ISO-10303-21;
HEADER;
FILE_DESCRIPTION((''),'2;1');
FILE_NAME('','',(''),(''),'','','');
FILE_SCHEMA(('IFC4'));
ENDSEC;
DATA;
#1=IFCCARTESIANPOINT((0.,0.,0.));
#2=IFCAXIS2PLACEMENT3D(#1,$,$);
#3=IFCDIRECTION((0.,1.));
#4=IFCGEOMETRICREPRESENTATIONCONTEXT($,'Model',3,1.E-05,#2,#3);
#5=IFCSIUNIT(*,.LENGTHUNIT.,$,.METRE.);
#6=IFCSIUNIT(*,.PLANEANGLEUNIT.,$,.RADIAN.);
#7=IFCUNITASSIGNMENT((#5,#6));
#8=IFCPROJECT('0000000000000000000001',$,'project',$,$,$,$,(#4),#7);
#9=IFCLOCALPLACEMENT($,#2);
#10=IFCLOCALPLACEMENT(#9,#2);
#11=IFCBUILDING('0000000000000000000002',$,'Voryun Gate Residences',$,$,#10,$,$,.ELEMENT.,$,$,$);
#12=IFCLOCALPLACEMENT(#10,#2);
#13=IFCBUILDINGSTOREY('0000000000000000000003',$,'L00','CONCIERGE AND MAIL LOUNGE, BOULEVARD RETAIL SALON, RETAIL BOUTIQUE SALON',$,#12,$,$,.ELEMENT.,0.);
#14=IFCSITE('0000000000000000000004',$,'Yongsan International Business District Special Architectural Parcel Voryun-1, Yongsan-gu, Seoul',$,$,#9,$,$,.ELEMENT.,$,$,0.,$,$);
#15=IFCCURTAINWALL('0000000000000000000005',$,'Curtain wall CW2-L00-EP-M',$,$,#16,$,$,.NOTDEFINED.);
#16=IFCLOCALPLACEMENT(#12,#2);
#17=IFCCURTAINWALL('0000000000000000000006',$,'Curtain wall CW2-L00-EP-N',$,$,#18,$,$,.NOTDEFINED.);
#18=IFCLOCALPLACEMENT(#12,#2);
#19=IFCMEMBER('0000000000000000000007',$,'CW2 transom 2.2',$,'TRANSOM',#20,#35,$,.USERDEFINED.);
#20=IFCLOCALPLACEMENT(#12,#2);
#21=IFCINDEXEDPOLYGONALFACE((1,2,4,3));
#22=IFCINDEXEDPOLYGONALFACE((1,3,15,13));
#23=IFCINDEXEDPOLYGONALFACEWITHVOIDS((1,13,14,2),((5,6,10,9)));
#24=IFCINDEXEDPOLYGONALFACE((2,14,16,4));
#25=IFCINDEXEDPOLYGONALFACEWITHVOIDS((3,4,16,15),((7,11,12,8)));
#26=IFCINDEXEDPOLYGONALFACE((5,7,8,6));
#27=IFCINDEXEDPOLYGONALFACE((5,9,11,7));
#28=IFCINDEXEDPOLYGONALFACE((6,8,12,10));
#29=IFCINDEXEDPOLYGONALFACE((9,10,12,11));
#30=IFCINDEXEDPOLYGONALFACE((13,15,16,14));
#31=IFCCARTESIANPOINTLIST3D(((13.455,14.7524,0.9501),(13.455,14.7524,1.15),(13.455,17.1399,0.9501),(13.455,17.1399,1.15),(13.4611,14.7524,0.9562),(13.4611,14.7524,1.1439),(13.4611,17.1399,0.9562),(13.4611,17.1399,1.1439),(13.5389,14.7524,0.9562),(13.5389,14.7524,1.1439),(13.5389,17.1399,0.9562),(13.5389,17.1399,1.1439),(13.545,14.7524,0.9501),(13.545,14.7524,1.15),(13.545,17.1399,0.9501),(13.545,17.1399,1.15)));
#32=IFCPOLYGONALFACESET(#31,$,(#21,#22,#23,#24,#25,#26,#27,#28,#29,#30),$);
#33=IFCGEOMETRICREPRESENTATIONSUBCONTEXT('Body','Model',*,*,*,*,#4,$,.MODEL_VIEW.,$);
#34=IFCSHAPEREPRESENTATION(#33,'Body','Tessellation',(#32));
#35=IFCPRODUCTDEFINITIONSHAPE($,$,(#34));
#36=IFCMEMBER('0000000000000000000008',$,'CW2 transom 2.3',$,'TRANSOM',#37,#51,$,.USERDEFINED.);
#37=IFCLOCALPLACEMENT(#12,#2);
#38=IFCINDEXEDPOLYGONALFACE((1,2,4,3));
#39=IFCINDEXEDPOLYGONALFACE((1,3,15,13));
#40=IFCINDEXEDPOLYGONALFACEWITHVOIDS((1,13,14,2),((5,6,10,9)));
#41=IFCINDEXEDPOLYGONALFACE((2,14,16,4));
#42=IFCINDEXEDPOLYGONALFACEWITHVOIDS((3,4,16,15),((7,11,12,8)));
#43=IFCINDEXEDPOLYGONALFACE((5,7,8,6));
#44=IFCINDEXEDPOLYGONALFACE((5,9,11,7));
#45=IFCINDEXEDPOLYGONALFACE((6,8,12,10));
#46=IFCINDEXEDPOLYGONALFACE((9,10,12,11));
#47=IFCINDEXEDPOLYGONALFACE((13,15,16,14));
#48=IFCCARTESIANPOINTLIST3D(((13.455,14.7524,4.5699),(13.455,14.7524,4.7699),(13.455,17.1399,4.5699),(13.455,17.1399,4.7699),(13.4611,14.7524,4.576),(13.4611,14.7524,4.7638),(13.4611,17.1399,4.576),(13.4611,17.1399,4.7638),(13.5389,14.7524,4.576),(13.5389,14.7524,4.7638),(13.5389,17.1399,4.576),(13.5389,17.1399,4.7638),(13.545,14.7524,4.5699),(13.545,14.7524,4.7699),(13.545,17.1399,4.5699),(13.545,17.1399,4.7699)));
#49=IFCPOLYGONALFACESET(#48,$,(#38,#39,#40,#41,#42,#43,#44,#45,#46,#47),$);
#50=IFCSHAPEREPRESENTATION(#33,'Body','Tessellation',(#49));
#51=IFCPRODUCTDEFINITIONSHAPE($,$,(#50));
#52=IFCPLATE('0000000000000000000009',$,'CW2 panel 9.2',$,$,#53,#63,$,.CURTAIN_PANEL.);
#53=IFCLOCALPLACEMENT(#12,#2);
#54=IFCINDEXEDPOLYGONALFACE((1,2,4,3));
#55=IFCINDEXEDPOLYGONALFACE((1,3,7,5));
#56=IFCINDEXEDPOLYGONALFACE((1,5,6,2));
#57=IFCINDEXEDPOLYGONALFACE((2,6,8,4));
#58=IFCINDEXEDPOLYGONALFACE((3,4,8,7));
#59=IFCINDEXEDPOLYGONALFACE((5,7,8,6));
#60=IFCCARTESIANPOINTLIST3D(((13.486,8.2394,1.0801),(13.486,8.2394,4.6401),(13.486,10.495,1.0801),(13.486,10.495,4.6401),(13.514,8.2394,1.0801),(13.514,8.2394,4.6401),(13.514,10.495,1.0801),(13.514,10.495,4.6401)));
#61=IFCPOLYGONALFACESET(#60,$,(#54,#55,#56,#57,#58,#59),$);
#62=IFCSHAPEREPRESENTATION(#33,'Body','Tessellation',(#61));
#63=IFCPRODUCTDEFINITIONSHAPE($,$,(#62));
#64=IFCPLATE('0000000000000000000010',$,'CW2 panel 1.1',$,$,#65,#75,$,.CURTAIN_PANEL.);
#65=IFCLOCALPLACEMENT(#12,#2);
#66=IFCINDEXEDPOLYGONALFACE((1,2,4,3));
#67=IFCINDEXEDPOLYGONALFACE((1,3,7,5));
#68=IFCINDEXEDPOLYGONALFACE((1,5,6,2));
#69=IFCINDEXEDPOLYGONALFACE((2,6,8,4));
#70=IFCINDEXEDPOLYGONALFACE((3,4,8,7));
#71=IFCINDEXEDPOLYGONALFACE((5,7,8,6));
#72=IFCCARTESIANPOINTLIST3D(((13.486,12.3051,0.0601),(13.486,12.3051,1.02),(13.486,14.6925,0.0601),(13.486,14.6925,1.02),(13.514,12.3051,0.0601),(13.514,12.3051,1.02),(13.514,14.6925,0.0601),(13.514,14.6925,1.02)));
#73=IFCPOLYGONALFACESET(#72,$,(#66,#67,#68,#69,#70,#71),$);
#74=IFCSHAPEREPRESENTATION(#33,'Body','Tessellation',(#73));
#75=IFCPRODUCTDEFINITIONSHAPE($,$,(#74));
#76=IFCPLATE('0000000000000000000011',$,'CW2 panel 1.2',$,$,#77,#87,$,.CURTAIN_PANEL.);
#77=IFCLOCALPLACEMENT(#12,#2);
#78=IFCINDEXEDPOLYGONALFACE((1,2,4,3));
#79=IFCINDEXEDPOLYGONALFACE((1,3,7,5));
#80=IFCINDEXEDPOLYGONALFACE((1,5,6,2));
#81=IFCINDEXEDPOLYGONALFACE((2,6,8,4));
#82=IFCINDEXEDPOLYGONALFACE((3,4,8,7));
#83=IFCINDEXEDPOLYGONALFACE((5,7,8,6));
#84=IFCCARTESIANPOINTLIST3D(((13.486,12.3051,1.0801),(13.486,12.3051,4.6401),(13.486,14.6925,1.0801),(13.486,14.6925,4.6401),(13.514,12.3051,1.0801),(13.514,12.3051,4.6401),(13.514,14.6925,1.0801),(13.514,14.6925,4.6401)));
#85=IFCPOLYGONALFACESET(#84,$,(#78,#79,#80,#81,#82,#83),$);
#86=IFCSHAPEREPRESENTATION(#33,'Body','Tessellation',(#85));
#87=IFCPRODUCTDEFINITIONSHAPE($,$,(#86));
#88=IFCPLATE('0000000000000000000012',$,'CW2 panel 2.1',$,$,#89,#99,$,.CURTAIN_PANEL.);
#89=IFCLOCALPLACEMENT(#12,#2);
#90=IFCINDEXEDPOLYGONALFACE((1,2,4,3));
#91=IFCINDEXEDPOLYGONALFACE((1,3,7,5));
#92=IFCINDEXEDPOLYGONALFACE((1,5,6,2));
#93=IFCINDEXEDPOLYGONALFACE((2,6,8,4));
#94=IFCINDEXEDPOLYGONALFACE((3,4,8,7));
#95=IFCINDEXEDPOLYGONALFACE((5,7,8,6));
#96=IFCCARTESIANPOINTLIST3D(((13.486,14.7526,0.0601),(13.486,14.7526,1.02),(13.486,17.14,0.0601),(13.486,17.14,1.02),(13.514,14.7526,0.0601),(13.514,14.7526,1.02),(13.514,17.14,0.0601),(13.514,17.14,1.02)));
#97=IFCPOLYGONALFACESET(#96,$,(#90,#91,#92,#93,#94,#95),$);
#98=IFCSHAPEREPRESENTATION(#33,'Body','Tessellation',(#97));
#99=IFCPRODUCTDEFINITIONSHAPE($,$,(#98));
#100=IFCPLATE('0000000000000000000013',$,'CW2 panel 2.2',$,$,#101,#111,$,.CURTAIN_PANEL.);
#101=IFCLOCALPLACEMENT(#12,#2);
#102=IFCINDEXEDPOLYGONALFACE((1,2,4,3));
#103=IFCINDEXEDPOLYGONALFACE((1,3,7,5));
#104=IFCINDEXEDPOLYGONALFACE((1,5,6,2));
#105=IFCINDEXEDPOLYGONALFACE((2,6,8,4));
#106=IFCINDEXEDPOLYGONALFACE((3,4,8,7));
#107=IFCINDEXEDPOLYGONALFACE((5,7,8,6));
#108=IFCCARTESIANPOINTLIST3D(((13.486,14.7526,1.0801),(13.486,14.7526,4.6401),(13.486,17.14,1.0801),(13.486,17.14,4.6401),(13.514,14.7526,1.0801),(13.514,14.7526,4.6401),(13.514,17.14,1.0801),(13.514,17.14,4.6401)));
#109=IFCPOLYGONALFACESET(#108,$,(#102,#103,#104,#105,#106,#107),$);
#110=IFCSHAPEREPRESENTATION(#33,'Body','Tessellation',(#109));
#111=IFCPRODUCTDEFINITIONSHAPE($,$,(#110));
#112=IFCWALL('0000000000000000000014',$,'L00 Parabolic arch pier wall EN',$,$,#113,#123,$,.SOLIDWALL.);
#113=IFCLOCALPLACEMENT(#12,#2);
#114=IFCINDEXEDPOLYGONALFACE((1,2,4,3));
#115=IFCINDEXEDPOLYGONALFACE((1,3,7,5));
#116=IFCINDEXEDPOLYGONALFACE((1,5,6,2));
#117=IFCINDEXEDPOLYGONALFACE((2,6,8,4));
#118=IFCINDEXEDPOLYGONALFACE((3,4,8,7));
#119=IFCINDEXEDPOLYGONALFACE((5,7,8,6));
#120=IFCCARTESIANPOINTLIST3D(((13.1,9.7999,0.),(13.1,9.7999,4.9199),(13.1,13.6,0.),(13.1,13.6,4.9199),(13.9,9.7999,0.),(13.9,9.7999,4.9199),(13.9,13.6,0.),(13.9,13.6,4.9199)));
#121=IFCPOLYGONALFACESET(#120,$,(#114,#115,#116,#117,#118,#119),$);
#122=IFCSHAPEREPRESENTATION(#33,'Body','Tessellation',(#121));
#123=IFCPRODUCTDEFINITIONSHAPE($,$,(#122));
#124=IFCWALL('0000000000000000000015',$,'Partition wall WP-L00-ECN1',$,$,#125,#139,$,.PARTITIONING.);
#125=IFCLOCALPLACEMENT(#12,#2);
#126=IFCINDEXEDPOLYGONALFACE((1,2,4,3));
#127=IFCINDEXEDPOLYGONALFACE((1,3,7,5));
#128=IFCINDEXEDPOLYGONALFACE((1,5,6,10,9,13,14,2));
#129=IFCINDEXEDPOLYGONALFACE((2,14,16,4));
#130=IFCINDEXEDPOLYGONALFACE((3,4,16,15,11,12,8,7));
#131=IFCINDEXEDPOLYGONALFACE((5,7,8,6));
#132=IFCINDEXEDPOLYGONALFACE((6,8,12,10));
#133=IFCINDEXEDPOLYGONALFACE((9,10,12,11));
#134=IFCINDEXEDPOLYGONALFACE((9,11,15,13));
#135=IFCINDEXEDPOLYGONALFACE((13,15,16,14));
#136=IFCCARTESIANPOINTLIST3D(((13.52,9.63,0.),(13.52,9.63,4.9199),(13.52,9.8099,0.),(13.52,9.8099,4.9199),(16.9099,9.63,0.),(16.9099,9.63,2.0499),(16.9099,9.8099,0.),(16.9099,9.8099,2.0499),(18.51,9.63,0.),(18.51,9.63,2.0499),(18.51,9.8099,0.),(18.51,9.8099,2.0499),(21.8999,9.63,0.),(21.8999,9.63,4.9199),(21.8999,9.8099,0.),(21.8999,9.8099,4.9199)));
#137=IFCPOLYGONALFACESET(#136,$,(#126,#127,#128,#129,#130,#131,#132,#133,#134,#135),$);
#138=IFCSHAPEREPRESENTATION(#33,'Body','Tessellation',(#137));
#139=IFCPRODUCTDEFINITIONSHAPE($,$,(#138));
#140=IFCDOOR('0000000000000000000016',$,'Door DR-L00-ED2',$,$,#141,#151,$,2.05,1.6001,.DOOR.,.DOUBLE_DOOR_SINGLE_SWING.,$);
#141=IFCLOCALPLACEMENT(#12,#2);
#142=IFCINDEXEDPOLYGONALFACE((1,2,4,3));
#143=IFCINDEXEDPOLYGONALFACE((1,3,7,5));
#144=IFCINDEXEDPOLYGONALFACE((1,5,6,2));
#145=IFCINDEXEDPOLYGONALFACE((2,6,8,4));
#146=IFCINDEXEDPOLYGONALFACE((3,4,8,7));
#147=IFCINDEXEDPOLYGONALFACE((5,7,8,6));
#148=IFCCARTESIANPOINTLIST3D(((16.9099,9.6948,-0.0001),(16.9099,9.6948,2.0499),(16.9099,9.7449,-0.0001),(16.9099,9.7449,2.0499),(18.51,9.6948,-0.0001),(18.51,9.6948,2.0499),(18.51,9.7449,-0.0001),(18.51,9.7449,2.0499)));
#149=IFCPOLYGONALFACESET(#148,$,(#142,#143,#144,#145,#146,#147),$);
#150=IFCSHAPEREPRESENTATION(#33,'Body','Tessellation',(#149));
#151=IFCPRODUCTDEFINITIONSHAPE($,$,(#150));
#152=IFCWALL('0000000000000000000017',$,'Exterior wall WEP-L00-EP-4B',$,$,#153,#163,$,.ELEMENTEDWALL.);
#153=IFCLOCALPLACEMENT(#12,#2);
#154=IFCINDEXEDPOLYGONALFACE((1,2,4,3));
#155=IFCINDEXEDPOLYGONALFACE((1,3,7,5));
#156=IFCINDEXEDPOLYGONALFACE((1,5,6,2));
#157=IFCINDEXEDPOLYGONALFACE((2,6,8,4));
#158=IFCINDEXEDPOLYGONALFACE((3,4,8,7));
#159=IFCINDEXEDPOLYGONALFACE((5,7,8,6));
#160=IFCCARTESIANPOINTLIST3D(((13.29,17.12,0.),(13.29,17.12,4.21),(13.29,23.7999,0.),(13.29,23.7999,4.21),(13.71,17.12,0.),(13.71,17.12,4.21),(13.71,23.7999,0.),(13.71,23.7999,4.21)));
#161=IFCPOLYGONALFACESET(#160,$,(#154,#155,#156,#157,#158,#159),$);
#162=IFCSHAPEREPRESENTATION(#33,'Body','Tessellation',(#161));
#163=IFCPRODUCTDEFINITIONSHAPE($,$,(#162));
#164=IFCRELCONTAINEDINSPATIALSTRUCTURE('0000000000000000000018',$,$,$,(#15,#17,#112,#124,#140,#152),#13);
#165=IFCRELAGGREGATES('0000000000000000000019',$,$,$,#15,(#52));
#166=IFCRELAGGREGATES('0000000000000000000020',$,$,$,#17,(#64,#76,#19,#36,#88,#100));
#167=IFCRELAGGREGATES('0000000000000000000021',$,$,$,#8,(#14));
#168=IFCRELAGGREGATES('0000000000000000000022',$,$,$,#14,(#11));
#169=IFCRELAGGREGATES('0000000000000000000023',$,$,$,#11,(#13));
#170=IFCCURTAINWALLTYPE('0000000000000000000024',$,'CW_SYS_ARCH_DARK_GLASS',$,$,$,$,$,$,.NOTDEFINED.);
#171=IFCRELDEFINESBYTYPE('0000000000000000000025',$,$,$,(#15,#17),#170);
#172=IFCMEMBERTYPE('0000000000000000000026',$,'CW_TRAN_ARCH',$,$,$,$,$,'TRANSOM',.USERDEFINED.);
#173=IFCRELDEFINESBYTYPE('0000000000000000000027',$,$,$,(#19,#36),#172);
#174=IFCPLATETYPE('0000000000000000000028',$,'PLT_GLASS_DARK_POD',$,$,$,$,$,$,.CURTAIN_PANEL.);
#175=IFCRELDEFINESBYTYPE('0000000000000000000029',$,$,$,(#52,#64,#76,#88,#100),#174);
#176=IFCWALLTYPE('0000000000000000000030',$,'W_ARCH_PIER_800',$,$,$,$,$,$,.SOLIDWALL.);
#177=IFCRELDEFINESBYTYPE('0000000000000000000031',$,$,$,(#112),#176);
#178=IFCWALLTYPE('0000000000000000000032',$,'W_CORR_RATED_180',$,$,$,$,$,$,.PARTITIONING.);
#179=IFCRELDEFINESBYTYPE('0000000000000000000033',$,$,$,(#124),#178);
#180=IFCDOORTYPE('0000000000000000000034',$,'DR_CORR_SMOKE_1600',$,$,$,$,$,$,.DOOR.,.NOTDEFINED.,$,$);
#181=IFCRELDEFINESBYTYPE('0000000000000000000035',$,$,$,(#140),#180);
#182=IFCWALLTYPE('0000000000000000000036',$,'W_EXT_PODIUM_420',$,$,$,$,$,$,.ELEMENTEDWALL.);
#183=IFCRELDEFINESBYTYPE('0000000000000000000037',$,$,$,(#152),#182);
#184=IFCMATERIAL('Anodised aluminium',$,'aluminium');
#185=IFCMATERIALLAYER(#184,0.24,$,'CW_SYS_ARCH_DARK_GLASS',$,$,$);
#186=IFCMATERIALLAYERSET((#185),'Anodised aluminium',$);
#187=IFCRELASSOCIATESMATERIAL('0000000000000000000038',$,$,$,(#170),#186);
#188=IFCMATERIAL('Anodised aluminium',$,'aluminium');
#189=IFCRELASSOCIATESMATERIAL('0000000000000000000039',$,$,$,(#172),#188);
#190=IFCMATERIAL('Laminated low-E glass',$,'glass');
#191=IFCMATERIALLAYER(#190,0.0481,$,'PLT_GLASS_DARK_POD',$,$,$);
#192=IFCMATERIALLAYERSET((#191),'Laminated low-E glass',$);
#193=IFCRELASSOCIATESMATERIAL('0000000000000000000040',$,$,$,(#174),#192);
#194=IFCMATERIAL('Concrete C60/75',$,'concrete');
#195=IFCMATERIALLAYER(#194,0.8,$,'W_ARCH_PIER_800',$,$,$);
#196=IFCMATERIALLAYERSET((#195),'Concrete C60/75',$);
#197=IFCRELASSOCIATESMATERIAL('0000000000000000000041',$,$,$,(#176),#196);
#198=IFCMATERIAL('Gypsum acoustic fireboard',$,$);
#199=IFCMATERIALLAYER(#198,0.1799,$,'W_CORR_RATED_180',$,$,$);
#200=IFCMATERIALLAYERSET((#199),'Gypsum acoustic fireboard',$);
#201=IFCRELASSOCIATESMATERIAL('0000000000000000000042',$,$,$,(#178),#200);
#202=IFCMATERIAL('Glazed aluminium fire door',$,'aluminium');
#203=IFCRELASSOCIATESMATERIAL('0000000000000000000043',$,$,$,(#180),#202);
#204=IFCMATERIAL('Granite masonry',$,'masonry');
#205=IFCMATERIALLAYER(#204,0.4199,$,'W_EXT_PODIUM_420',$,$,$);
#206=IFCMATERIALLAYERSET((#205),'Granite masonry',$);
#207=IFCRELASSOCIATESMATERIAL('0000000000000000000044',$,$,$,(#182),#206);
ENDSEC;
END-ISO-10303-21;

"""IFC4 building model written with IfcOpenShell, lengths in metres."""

from ifc_helpers import new_model, si_unit, direction, frame, frame_2d, origin, origin_2d, place, context, subcontext, project, spatial, rectangle, hollow_rectangle, extrude, material, layer, layer_set, material_profile, profile_set, type_object, element, fill, aggregate, save


model = new_model("IFC4")

# Units and contexts
model_context = context("Model", 3, precision=1e-05, world=origin(), true_north=direction((0.0, 1.0)))
body_context = subcontext(model_context, "Body", "Model", "MODEL_VIEW")
ifc_project = project(units=[si_unit("LENGTHUNIT", "METRE"), si_unit("PLANEANGLEUNIT", "RADIAN")], contexts=[model_context])

# Site, building, storey
site_placement = place(None, origin())
site = spatial("IfcSite", under=ifc_project, at=site_placement, Name="Yongsan International Business District Special Architectural Parcel Voryun-1, Yongsan-gu, Seoul", CompositionType="ELEMENT", RefElevation=0.0)
building_placement = place(site_placement, origin())
building = spatial("IfcBuilding", under=site, at=building_placement, Name="Voryun Gate Residences", CompositionType="ELEMENT")
storey_placement = place(building_placement, origin())
storey = spatial("IfcBuildingStorey", under=building, at=storey_placement, Name="L00", Description="CONCIERGE AND MAIL LOUNGE, BOULEVARD RETAIL SALON, RETAIL BOUTIQUE SALON", CompositionType="ELEMENT", Elevation=0.0)

# Curtain wall
ifc_material_1 = material(Name="Anodised aluminium", Category="aluminium")
ifc_layer_1 = layer(ifc_material_1, 0.24, Name="CW_SYS_ARCH_DARK_GLASS")
ifc_layer_set_1 = layer_set([ifc_layer_1], Name="Anodised aluminium")
curtain_wall_type = type_object("IfcCurtainWallType", Name="CW_SYS_ARCH_DARK_GLASS", PredefinedType="NOTDEFINED", material=ifc_layer_set_1)
curtain_wall_1_placement = place(storey_placement, origin())
curtain_wall_1 = element("IfcCurtainWall", 1, at=curtain_wall_1_placement, inside=storey, type_object=curtain_wall_type, Name="Curtain wall CW2-L00-EP-M", PredefinedType="NOTDEFINED")

# Curtain wall, members
curtain_wall_2_placement = place(storey_placement, origin())
curtain_wall_2 = element("IfcCurtainWall", 2, at=curtain_wall_2_placement, inside=storey, type_object=curtain_wall_type, Name="Curtain wall CW2-L00-EP-N", PredefinedType="NOTDEFINED")
ifc_material_2 = material(Name="Anodised aluminium", Category="aluminium")
ifc_material_profile_1 = material_profile(ifc_material_2, hollow_rectangle(XDim=0.0901, YDim=0.2, WallThickness=0.0061, at=origin_2d()), Name="ALU-TRAN-200x90x6")
ifc_profile_set_1 = profile_set([ifc_material_profile_1], Name="Anodised aluminium")
member_type_1 = type_object("IfcMemberType", Name="CW_TRAN_ARCH", ElementType="TRANSOM", PredefinedType="USERDEFINED", material=ifc_profile_set_1)
member_1_placement = place(storey_placement, frame((13.5, 14.7524, 1.05), z_axis=(0.0, 1.0, 0.0), x_axis=(-1.0, 0.0, 0.0)))
member_1 = element("IfcMember", 3, at=member_1_placement, type_object=member_type_1, Name="CW2 transom 2.2", ObjectType="TRANSOM", PredefinedType="USERDEFINED", context=body_context, shape_type="SweptSolid", body=[
    extrude(hollow_rectangle(XDim=0.0901, YDim=0.2, WallThickness=0.0061, at=origin_2d()), origin(), (0.0, 0.0, 1.0), 2.3875),
])
member_2_placement = place(storey_placement, frame((13.5, 14.7524, 4.6699), z_axis=(0.0, 1.0, 0.0), x_axis=(-1.0, 0.0, 0.0)))
member_2 = element("IfcMember", 4, at=member_2_placement, type_object=member_type_1, Name="CW2 transom 2.3", ObjectType="TRANSOM", PredefinedType="USERDEFINED", context=body_context, shape_type="SweptSolid", body=[
    extrude(hollow_rectangle(XDim=0.0901, YDim=0.2, WallThickness=0.0061, at=origin_2d()), origin(), (0.0, 0.0, 1.0), 2.3875),
])

# Plates
ifc_material_3 = material(Name="Laminated low-E glass", Category="glass")
ifc_layer_2 = layer(ifc_material_3, 0.0481, Name="PLT_GLASS_DARK_POD")
ifc_layer_set_2 = layer_set([ifc_layer_2], Name="Laminated low-E glass")
plate_type = type_object("IfcPlateType", Name="PLT_GLASS_DARK_POD", PredefinedType="CURTAIN_PANEL", material=ifc_layer_set_2)
plate_1_placement = place(storey_placement, frame((13.5, 9.3672, 1.0801), z_axis=(0.0, 0.0, 1.0), x_axis=(0.0, 1.0, 0.0)))
plate_1 = element("IfcPlate", 5, at=plate_1_placement, type_object=plate_type, Name="CW2 panel 9.2", PredefinedType="CURTAIN_PANEL", context=body_context, shape_type="SweptSolid", body=[
    extrude(rectangle(XDim=2.2556, YDim=0.0281, at=origin_2d()), origin(), (0.0, 0.0, 1.0), 3.5601),
])
aggregate(curtain_wall_1, [plate_1])
plate_2_placement = place(storey_placement, frame((13.5, 13.4988, 0.0601), z_axis=(0.0, 0.0, 1.0), x_axis=(0.0, 1.0, 0.0)))
plate_2 = element("IfcPlate", 6, at=plate_2_placement, type_object=plate_type, Name="CW2 panel 1.1", PredefinedType="CURTAIN_PANEL", context=body_context, shape_type="SweptSolid", body=[
    extrude(rectangle(XDim=2.3875, YDim=0.0281, at=origin_2d()), origin(), (0.0, 0.0, 1.0), 0.96),
])
plate_3_placement = place(storey_placement, frame((13.5, 13.4988, 1.0801), z_axis=(0.0, 0.0, 1.0), x_axis=(0.0, 1.0, 0.0)))
plate_3 = element("IfcPlate", 7, at=plate_3_placement, type_object=plate_type, Name="CW2 panel 1.2", PredefinedType="CURTAIN_PANEL", context=body_context, shape_type="SweptSolid", body=[
    extrude(rectangle(XDim=2.3875, YDim=0.0281, at=origin_2d()), origin(), (0.0, 0.0, 1.0), 3.5601),
])
plate_4_placement = place(storey_placement, frame((13.5, 15.9463, 0.0601), z_axis=(0.0, 0.0, 1.0), x_axis=(0.0, 1.0, 0.0)))
plate_4 = element("IfcPlate", 8, at=plate_4_placement, type_object=plate_type, Name="CW2 panel 2.1", PredefinedType="CURTAIN_PANEL", context=body_context, shape_type="SweptSolid", body=[
    extrude(rectangle(XDim=2.3875, YDim=0.0281, at=origin_2d()), origin(), (0.0, 0.0, 1.0), 0.96),
])
plate_5_placement = place(storey_placement, frame((13.5, 15.9463, 1.0801), z_axis=(0.0, 0.0, 1.0), x_axis=(0.0, 1.0, 0.0)))
plate_5 = element("IfcPlate", 9, at=plate_5_placement, type_object=plate_type, Name="CW2 panel 2.2", PredefinedType="CURTAIN_PANEL", context=body_context, shape_type="SweptSolid", body=[
    extrude(rectangle(XDim=2.3875, YDim=0.0281, at=origin_2d()), origin(), (0.0, 0.0, 1.0), 3.5601),
])
aggregate(curtain_wall_2, [plate_2, plate_3, member_1, member_2, plate_4, plate_5])

# Wall
ifc_material_4 = material(Name="Concrete C60/75", Category="concrete")
ifc_layer_3 = layer(ifc_material_4, 0.8, Name="W_ARCH_PIER_800")
ifc_layer_set_3 = layer_set([ifc_layer_3], Name="Concrete C60/75")
wall_type_1 = type_object("IfcWallType", Name="W_ARCH_PIER_800", PredefinedType="SOLIDWALL", material=ifc_layer_set_3)
wall_1_placement = place(storey_placement, frame((13.5, 9.8, 0.0), z_axis=(0.0, 0.0, 1.0), x_axis=(0.0, 1.0, 0.0)))
element("IfcWall", 10, at=wall_1_placement, inside=storey, type_object=wall_type_1, Name="L00 Parabolic arch pier wall EN", PredefinedType="SOLIDWALL", context=body_context, shape_type="SweptSolid", body=[
    extrude(rectangle(XDim=3.8, YDim=0.8, at=frame_2d((1.8999, 0.0))), origin(), (0.0, 0.0, 1.0), 4.9199),
])

# Wall, opening, door
ifc_material_5 = material(Name="Gypsum acoustic fireboard")
ifc_layer_4 = layer(ifc_material_5, 0.1799, Name="W_CORR_RATED_180")
ifc_layer_set_4 = layer_set([ifc_layer_4], Name="Gypsum acoustic fireboard")
wall_type_2 = type_object("IfcWallType", Name="W_CORR_RATED_180", PredefinedType="PARTITIONING", material=ifc_layer_set_4)
wall_2_placement = place(storey_placement, frame((13.52, 9.72, 0.0), z_axis=(0.0, 0.0, 1.0), x_axis=(1.0, 0.0, 0.0)))
wall_2 = element("IfcWall", 11, at=wall_2_placement, inside=storey, type_object=wall_type_2, Name="Partition wall WP-L00-ECN1", PredefinedType="PARTITIONING", context=body_context, shape_type="SweptSolid", body=[
    extrude(rectangle(XDim=8.3799, YDim=0.1799, at=frame_2d((4.1899, 0.0))), origin(), (0.0, 0.0, 1.0), 4.9199),
])
opening_1_placement = place(wall_2_placement, frame((3.3899, 0.0, 0.0)))
opening_1 = element("IfcOpeningElement", 12, at=opening_1_placement, cuts=wall_2, PredefinedType="OPENING", context=body_context, shape_type="SweptSolid", body=[
    extrude(rectangle(XDim=1.6001, YDim=2.05, at=frame_2d((0.8, 1.0249))), frame((0.0, 0.0999, 0.0), z_axis=(0.0, -1.0, 0.0), x_axis=(1.0, 0.0, 0.0)), (0.0, 0.0, 1.0), 0.2),
])
ifc_material_6 = material(Name="Glazed aluminium fire door", Category="aluminium")
door_type_1 = type_object("IfcDoorType", Name="DR_CORR_SMOKE_1600", OperationType="NOTDEFINED", PredefinedType="DOOR", material=ifc_material_6)
door_1_placement = place(opening_1_placement, origin())
door_1 = element("IfcDoor", 13, at=door_1_placement, inside=storey, type_object=door_type_1, Name="Door DR-L00-ED2", OperationType="DOUBLE_DOOR_SINGLE_SWING", OverallHeight=2.05, OverallWidth=1.6001, PredefinedType="DOOR", context=body_context, shape_type="SweptSolid", body=[
    extrude(rectangle(XDim=1.6001, YDim=2.05, at=frame_2d((0.8, 1.0249))), frame((0.0, 0.0249, 0.0), z_axis=(0.0, -1.0, 0.0), x_axis=(1.0, 0.0, 0.0)), (0.0, 0.0, 1.0), 0.05),
])
fill(opening_1, door_1)

# Shared definitions
ifc_material_7 = material(Name="Granite masonry", Category="masonry")
ifc_layer_5 = layer(ifc_material_7, 0.4199, Name="W_EXT_PODIUM_420")
ifc_layer_set_5 = layer_set([ifc_layer_5], Name="Granite masonry")
wall_type_3 = type_object("IfcWallType", Name="W_EXT_PODIUM_420", PredefinedType="ELEMENTEDWALL", material=ifc_layer_set_5)

# Wall
wall_3_placement = place(storey_placement, frame((13.5, 17.1201, 0.0), z_axis=(0.0, 0.0, 1.0), x_axis=(0.0, 1.0, 0.0)))
element("IfcWall", 14, at=wall_3_placement, inside=storey, type_object=wall_type_3, Name="Exterior wall WEP-L00-EP-4B", PredefinedType="ELEMENTEDWALL", context=body_context, shape_type="SweptSolid", body=[
    extrude(rectangle(XDim=6.6799, YDim=0.4199, at=frame_2d((3.3398, 0.0))), origin(), (0.0, 0.0, 1.0), 4.21),
])

save(model, "model.ifc")
